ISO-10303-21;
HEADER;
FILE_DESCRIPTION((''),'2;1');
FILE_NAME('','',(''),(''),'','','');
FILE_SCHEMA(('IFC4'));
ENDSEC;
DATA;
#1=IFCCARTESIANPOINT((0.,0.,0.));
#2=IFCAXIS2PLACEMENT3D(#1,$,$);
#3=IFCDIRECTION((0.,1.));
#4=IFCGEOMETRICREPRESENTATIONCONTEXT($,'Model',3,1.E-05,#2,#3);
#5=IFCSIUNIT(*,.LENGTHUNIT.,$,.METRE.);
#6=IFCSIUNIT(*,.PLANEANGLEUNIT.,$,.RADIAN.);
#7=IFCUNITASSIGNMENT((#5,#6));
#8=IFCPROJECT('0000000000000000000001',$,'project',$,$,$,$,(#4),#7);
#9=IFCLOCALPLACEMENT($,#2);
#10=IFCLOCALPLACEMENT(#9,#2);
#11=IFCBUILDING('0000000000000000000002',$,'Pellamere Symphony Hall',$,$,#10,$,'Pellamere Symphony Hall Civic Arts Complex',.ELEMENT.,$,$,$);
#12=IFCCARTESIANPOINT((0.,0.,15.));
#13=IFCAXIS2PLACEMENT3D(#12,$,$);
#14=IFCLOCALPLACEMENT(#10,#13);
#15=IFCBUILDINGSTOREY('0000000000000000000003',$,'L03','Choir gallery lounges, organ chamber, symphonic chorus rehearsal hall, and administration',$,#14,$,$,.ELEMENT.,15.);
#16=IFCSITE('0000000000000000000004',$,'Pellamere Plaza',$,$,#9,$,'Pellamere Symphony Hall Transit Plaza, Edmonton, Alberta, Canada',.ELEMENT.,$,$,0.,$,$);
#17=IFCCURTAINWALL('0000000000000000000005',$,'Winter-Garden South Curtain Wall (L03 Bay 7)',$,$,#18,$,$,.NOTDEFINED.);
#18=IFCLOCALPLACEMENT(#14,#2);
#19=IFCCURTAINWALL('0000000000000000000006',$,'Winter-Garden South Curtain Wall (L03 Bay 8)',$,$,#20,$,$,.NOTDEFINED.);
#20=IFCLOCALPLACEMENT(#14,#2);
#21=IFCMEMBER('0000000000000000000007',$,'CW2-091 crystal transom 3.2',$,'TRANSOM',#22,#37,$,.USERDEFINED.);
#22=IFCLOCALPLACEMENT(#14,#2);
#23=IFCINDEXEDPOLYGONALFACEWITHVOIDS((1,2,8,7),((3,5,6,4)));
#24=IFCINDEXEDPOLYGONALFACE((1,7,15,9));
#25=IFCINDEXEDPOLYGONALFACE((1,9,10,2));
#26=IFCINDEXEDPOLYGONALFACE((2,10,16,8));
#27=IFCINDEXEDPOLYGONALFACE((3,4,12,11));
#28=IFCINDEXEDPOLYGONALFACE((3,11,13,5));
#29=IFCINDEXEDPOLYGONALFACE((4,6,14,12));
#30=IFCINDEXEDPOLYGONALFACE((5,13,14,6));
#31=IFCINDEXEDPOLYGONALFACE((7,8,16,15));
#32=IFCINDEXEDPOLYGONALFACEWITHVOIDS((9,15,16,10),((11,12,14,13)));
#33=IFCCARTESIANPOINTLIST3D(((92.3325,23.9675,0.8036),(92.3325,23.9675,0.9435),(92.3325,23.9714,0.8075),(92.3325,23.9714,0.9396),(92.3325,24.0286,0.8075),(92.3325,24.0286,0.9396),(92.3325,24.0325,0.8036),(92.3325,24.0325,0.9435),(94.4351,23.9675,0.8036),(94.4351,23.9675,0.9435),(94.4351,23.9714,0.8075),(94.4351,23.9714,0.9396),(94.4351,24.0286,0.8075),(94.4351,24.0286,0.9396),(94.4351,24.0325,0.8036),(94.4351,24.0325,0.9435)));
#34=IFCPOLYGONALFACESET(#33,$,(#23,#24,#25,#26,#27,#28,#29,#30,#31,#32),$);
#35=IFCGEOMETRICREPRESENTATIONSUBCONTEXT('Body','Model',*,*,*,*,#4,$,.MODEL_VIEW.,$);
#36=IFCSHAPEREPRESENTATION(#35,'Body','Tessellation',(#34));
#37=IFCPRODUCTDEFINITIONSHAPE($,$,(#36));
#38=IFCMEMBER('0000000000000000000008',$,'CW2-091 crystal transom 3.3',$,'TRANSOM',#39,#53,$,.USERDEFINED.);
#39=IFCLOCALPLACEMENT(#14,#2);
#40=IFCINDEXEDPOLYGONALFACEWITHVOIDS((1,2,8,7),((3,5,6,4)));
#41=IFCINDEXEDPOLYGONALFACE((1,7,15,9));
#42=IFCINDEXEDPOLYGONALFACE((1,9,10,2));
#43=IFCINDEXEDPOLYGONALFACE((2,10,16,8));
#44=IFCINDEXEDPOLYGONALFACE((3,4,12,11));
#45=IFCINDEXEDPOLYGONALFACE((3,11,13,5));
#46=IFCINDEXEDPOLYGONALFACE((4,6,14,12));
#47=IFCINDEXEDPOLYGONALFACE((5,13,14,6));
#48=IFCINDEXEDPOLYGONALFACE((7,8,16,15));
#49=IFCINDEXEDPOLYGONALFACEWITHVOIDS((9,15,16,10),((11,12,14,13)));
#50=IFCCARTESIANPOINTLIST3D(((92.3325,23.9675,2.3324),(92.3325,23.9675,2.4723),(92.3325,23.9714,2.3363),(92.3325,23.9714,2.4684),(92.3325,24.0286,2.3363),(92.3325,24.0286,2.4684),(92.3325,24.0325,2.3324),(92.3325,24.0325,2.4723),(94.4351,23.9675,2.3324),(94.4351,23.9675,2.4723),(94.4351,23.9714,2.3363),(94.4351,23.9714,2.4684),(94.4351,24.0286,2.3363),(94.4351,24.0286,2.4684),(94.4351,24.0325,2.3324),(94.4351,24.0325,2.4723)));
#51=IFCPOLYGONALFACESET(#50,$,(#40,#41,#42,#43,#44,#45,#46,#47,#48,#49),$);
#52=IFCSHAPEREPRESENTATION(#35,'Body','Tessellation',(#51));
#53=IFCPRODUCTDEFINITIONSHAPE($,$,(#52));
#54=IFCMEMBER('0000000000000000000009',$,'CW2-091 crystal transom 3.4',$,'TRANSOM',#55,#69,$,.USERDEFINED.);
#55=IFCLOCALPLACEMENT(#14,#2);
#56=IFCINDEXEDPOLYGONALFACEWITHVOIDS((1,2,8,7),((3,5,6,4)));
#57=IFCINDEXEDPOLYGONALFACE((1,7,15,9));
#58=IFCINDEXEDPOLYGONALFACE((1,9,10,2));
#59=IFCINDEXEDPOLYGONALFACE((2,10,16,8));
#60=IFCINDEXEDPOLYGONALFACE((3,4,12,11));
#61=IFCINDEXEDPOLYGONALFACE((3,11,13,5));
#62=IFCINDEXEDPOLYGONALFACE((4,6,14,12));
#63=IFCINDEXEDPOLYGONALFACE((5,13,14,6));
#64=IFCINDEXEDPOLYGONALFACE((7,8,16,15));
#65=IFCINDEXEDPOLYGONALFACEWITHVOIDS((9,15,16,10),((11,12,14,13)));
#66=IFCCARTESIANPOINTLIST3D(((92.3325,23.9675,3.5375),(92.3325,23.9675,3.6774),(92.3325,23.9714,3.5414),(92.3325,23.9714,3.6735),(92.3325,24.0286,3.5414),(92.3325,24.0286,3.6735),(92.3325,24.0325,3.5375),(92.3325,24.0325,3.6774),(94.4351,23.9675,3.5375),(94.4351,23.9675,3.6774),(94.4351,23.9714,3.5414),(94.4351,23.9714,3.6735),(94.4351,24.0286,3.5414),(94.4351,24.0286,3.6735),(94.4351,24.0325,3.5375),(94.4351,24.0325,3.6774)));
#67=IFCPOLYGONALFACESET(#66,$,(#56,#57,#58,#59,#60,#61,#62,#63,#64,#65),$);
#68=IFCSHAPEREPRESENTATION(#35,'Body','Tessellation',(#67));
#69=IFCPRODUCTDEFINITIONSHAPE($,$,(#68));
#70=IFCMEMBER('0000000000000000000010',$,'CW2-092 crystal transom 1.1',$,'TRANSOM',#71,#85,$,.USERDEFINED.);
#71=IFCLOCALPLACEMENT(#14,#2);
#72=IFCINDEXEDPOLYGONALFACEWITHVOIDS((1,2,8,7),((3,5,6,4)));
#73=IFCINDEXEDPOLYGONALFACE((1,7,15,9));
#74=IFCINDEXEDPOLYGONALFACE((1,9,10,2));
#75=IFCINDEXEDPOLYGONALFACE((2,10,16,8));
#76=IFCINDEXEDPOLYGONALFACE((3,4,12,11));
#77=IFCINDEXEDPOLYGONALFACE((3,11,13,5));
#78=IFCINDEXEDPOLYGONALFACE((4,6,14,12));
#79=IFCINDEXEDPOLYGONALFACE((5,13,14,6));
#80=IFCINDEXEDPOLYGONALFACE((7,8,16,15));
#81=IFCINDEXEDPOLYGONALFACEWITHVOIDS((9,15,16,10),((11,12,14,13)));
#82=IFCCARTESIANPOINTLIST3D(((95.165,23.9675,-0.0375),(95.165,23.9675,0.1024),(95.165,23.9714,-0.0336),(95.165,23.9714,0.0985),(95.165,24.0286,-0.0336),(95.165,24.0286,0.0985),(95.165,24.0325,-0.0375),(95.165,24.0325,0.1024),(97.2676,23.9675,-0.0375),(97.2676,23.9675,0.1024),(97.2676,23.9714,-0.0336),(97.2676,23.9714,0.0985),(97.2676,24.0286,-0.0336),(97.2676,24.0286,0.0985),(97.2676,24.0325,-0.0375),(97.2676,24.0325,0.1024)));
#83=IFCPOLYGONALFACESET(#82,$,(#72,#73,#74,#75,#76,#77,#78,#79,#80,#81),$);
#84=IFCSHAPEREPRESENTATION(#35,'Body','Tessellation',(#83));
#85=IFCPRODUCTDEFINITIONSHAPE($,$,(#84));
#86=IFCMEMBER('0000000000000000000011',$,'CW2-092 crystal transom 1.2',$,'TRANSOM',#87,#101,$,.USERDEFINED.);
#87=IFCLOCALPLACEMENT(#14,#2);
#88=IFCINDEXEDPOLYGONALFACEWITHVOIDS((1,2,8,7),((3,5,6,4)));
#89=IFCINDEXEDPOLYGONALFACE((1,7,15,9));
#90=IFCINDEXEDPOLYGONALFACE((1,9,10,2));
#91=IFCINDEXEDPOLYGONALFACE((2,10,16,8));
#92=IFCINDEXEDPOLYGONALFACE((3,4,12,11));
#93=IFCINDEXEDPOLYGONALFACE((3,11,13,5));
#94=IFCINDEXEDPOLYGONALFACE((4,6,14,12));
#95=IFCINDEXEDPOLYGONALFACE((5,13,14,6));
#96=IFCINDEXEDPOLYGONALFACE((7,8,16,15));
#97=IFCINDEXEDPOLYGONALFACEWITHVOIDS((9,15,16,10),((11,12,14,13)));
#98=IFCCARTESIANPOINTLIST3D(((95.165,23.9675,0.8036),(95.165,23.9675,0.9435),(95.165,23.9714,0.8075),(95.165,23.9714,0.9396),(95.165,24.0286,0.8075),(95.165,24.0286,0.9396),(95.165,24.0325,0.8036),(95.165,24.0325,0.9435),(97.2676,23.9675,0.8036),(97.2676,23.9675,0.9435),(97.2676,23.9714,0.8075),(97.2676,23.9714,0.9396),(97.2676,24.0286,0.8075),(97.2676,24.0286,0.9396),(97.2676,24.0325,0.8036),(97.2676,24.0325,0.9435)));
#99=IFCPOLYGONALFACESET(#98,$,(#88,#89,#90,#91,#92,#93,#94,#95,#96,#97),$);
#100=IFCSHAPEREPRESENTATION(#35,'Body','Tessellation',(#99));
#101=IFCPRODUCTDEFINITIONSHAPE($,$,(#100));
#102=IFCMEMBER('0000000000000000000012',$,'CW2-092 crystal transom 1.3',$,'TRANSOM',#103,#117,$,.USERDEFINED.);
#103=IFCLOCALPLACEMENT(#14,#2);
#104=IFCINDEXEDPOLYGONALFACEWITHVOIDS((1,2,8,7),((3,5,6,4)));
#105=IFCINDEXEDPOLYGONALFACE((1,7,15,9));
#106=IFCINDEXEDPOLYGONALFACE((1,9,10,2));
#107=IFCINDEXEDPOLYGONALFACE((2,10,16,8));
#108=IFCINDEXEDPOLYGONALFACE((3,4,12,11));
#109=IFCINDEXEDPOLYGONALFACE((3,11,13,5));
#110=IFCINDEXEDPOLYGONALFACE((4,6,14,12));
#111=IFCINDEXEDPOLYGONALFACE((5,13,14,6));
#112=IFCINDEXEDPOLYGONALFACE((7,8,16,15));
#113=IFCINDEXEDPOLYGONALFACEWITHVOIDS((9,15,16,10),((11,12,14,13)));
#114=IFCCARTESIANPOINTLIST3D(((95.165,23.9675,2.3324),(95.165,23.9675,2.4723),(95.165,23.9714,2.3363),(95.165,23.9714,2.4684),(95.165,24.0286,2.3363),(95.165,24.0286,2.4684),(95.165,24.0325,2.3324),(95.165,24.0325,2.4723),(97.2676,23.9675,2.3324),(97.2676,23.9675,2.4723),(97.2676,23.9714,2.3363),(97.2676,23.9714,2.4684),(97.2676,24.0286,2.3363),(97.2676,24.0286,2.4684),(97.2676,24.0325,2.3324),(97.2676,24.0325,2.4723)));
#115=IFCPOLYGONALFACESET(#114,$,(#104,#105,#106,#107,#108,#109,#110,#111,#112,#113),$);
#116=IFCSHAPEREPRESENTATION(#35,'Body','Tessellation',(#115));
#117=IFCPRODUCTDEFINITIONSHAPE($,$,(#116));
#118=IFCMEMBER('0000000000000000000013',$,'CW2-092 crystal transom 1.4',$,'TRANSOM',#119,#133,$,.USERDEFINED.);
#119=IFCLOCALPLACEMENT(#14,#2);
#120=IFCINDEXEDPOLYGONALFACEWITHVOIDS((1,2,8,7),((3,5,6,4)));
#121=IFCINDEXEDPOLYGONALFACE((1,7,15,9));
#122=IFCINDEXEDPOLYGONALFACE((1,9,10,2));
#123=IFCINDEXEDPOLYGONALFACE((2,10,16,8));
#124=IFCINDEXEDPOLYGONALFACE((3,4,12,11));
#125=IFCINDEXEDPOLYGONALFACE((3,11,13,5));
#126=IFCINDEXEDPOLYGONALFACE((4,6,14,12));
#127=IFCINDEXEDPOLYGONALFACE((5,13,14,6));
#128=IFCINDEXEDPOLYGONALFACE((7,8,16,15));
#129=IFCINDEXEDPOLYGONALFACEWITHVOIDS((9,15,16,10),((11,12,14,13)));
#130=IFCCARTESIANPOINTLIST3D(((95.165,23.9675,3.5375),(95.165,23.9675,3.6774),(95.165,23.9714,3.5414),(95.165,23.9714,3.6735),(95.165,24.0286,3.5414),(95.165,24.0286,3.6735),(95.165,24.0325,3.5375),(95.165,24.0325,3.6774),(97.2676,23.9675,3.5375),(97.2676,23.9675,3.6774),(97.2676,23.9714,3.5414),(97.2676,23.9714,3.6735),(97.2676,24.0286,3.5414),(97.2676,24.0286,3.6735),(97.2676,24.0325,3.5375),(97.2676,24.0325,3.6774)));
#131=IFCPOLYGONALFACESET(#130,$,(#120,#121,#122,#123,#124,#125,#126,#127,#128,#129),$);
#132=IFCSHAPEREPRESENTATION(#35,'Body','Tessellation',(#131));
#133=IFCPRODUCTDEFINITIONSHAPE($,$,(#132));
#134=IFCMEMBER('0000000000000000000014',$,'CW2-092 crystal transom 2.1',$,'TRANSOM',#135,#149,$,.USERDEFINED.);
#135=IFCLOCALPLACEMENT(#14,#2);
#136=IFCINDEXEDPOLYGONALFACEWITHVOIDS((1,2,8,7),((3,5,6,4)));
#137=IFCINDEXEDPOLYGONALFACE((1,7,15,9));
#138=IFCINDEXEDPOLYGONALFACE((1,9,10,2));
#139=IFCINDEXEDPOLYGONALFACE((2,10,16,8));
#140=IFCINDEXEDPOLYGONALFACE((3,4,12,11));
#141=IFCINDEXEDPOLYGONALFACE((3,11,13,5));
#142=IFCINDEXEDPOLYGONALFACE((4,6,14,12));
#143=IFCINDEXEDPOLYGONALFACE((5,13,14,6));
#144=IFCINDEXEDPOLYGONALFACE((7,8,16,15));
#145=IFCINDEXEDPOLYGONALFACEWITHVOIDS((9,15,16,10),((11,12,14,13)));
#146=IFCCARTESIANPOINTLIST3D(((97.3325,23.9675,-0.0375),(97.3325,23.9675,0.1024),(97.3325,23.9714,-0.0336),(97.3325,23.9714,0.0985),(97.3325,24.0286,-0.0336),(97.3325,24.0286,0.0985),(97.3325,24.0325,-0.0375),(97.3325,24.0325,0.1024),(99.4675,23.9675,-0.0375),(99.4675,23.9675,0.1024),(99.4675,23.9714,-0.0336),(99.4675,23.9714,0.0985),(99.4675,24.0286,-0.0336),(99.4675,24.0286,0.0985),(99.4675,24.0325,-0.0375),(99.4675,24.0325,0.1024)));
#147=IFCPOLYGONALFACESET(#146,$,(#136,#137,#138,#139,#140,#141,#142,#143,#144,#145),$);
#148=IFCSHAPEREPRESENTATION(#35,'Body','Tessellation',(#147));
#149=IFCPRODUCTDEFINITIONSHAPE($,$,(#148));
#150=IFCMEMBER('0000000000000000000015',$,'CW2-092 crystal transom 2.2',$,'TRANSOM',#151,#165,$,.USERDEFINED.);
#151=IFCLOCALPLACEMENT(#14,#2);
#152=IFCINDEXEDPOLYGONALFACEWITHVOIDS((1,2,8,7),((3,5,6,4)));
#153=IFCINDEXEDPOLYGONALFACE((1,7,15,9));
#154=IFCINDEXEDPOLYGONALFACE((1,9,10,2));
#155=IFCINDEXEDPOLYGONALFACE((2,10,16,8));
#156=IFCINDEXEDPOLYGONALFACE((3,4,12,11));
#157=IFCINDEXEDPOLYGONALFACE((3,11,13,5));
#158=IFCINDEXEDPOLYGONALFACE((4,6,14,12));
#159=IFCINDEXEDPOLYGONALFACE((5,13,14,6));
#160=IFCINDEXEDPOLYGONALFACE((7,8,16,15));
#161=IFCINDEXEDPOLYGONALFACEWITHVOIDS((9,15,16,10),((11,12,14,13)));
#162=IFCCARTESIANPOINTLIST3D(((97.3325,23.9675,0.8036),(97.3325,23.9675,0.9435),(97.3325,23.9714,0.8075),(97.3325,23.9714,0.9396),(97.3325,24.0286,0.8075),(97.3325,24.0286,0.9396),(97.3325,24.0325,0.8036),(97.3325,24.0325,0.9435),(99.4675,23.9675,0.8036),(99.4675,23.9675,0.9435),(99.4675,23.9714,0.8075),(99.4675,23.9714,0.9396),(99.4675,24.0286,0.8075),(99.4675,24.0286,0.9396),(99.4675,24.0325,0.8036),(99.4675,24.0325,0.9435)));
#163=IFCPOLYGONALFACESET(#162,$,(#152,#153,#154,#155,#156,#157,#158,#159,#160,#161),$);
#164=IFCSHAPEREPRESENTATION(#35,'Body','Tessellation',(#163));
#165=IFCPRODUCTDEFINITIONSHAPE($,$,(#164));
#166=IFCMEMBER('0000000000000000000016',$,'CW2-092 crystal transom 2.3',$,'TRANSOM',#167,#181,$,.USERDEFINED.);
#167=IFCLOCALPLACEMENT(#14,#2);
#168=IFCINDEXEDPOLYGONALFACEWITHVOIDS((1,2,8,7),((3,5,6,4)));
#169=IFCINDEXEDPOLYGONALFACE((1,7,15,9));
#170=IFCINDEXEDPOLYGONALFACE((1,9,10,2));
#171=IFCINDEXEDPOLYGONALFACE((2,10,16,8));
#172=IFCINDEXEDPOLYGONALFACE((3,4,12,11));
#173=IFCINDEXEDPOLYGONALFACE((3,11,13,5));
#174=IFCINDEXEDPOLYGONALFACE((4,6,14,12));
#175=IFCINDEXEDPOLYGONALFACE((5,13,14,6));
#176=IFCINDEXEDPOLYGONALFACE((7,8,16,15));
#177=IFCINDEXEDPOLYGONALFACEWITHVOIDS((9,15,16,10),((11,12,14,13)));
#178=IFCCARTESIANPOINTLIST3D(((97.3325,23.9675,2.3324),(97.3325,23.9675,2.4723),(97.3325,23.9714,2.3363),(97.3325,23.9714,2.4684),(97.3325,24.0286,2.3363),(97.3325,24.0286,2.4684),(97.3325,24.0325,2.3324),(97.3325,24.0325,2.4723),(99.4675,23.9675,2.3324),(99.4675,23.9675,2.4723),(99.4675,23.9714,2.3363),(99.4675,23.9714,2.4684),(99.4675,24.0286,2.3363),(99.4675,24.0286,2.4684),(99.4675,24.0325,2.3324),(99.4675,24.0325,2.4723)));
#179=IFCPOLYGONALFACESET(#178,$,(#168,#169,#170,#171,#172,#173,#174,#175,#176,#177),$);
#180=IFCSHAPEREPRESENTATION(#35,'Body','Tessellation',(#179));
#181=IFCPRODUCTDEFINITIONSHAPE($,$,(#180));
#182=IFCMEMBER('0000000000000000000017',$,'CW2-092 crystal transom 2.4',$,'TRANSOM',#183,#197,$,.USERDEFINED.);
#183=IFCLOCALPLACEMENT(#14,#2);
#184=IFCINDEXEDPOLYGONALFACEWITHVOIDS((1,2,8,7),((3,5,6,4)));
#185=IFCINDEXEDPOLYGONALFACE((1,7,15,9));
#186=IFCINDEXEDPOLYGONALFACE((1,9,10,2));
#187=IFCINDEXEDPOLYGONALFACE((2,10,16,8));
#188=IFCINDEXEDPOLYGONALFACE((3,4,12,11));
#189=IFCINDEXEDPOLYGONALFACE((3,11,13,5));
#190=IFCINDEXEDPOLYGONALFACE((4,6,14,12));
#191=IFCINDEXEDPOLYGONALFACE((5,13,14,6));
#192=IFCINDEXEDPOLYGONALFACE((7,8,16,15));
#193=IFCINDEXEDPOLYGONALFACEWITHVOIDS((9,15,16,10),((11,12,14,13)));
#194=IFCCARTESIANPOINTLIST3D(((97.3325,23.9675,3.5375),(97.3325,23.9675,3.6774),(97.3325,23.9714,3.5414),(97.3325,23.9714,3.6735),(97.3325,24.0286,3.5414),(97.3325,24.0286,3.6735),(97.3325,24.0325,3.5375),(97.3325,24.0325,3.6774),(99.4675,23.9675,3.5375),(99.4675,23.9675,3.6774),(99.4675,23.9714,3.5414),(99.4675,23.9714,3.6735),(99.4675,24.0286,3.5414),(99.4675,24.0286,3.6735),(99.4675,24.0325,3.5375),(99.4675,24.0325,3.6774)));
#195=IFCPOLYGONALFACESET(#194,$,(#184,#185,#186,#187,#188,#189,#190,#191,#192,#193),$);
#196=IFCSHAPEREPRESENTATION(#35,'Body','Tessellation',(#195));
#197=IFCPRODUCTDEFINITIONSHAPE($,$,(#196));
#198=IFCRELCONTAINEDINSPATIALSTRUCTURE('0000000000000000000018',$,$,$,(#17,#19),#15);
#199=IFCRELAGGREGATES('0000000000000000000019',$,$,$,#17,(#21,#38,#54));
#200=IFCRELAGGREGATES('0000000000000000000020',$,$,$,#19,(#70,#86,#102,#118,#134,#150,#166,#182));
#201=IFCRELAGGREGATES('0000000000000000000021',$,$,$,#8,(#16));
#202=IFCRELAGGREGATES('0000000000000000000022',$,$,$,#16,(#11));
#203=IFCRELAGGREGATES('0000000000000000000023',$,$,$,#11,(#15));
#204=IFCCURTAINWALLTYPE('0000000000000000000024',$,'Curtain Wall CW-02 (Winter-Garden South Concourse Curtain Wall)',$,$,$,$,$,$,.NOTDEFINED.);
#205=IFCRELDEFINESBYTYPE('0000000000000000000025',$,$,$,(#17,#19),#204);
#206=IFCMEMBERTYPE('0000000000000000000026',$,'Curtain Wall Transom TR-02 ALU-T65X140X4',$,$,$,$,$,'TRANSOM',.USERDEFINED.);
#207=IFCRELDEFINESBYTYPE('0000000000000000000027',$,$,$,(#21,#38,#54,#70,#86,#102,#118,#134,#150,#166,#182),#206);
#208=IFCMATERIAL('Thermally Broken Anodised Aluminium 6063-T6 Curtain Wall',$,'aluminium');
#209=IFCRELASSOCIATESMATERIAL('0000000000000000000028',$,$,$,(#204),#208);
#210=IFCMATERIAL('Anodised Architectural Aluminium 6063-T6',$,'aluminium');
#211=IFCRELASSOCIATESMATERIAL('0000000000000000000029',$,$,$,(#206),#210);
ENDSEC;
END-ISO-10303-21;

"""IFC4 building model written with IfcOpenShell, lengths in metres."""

from ifc_helpers import new_model, si_unit, direction, frame, origin, origin_2d, place, context, subcontext, project, spatial, hollow_rectangle, extrude, material, material_profile, profile_set, type_object, element, aggregate, save


model = new_model("IFC4")

# Units and contexts
model_context = context("Model", 3, precision=1e-05, world=origin(), true_north=direction((0.0, 1.0)))
body_context = subcontext(model_context, "Body", "Model", "MODEL_VIEW")
ifc_project = project(units=[si_unit("LENGTHUNIT", "METRE"), si_unit("PLANEANGLEUNIT", "RADIAN")], contexts=[model_context])

# Site, building, storey
site_placement = place(None, origin())
site = spatial("IfcSite", under=ifc_project, at=site_placement, Name="Pellamere Plaza", LongName="Pellamere Symphony Hall Transit Plaza, Edmonton, Alberta, Canada", CompositionType="ELEMENT", RefElevation=0.0)
building_placement = place(site_placement, origin())
building = spatial("IfcBuilding", under=site, at=building_placement, Name="Pellamere Symphony Hall", LongName="Pellamere Symphony Hall Civic Arts Complex", CompositionType="ELEMENT")
storey_placement = place(building_placement, frame((0.0, 0.0, 15.0)))
storey = spatial("IfcBuildingStorey", under=building, at=storey_placement, Name="L03", Description="Choir gallery lounges, organ chamber, symphonic chorus rehearsal hall, and administration", CompositionType="ELEMENT", Elevation=15.0)

# Curtain walls
ifc_material_1 = material(Name="Thermally Broken Anodised Aluminium 6063-T6 Curtain Wall", Category="aluminium")
curtain_wall_type = type_object("IfcCurtainWallType", Name="Curtain Wall CW-02 (Winter-Garden South Concourse Curtain Wall)", PredefinedType="NOTDEFINED", material=ifc_material_1)
curtain_wall_1_placement = place(storey_placement, origin())
curtain_wall_1 = element("IfcCurtainWall", 1, at=curtain_wall_1_placement, inside=storey, type_object=curtain_wall_type, Name="Winter-Garden South Curtain Wall (L03 Bay 7)", PredefinedType="NOTDEFINED")
ifc_material_2 = material(Name="Anodised Architectural Aluminium 6063-T6", Category="aluminium")
curtain_wall_2_placement = place(storey_placement, origin())
curtain_wall_2 = element("IfcCurtainWall", 2, at=curtain_wall_2_placement, inside=storey, type_object=curtain_wall_type, Name="Winter-Garden South Curtain Wall (L03 Bay 8)", PredefinedType="NOTDEFINED")

# Members
ifc_material_profile_1 = material_profile(ifc_material_2, hollow_rectangle(XDim=0.0649, YDim=0.1399, WallThickness=0.0039, at=origin_2d()), Name="ALU-T65X140X4")
ifc_profile_set_1 = profile_set([ifc_material_profile_1], Name="Anodised Architectural Aluminium 6063-T6")
member_type_1 = type_object("IfcMemberType", Name="Curtain Wall Transom TR-02 ALU-T65X140X4", ElementType="TRANSOM", PredefinedType="USERDEFINED", material=ifc_profile_set_1)
member_1_placement = place(storey_placement, frame((92.3325, 24.0, 0.8735), z_axis=(1.0, 0.0, 0.0), x_axis=(0.0, 1.0, 0.0)))
member_1 = element("IfcMember", 3, at=member_1_placement, type_object=member_type_1, Name="CW2-091 crystal transom 3.2", ObjectType="TRANSOM", PredefinedType="USERDEFINED", context=body_context, shape_type="SweptSolid", body=[
    extrude(hollow_rectangle(XDim=0.0649, YDim=0.1399, WallThickness=0.0039, at=origin_2d()), origin(), (0.0, 0.0, 1.0), 2.1025),
])
member_2_placement = place(storey_placement, frame((92.3325, 24.0, 2.4023), z_axis=(1.0, 0.0, 0.0), x_axis=(0.0, 1.0, 0.0)))
member_2 = element("IfcMember", 4, at=member_2_placement, type_object=member_type_1, Name="CW2-091 crystal transom 3.3", ObjectType="TRANSOM", PredefinedType="USERDEFINED", context=body_context, shape_type="SweptSolid", body=[
    extrude(hollow_rectangle(XDim=0.0649, YDim=0.1399, WallThickness=0.0039, at=origin_2d()), origin(), (0.0, 0.0, 1.0), 2.1025),
])
member_3_placement = place(storey_placement, frame((92.3325, 24.0, 3.6074), z_axis=(1.0, 0.0, 0.0), x_axis=(0.0, 1.0, 0.0)))
member_3 = element("IfcMember", 5, at=member_3_placement, type_object=member_type_1, Name="CW2-091 crystal transom 3.4", ObjectType="TRANSOM", PredefinedType="USERDEFINED", context=body_context, shape_type="SweptSolid", body=[
    extrude(hollow_rectangle(XDim=0.0649, YDim=0.1399, WallThickness=0.0039, at=origin_2d()), origin(), (0.0, 0.0, 1.0), 2.1025),
])
member_4_placement = place(storey_placement, frame((95.165, 24.0, 0.0325), z_axis=(1.0, 0.0, 0.0), x_axis=(0.0, 1.0, 0.0)))
member_4 = element("IfcMember", 6, at=member_4_placement, type_object=member_type_1, Name="CW2-092 crystal transom 1.1", ObjectType="TRANSOM", PredefinedType="USERDEFINED", context=body_context, shape_type="SweptSolid", body=[
    extrude(hollow_rectangle(XDim=0.0649, YDim=0.1399, WallThickness=0.0039, at=origin_2d()), origin(), (0.0, 0.0, 1.0), 2.1025),
])
member_5_placement = place(storey_placement, frame((95.165, 24.0, 0.8735), z_axis=(1.0, 0.0, 0.0), x_axis=(0.0, 1.0, 0.0)))
member_5 = element("IfcMember", 7, at=member_5_placement, type_object=member_type_1, Name="CW2-092 crystal transom 1.2", ObjectType="TRANSOM", PredefinedType="USERDEFINED", context=body_context, shape_type="SweptSolid", body=[
    extrude(hollow_rectangle(XDim=0.0649, YDim=0.1399, WallThickness=0.0039, at=origin_2d()), origin(), (0.0, 0.0, 1.0), 2.1025),
])
member_6_placement = place(storey_placement, frame((95.165, 24.0, 2.4023), z_axis=(1.0, 0.0, 0.0), x_axis=(0.0, 1.0, 0.0)))
member_6 = element("IfcMember", 8, at=member_6_placement, type_object=member_type_1, Name="CW2-092 crystal transom 1.3", ObjectType="TRANSOM", PredefinedType="USERDEFINED", context=body_context, shape_type="SweptSolid", body=[
    extrude(hollow_rectangle(XDim=0.0649, YDim=0.1399, WallThickness=0.0039, at=origin_2d()), origin(), (0.0, 0.0, 1.0), 2.1025),
])
member_7_placement = place(storey_placement, frame((95.165, 24.0, 3.6074), z_axis=(1.0, 0.0, 0.0), x_axis=(0.0, 1.0, 0.0)))
member_7 = element("IfcMember", 9, at=member_7_placement, type_object=member_type_1, Name="CW2-092 crystal transom 1.4", ObjectType="TRANSOM", PredefinedType="USERDEFINED", context=body_context, shape_type="SweptSolid", body=[
    extrude(hollow_rectangle(XDim=0.0649, YDim=0.1399, WallThickness=0.0039, at=origin_2d()), origin(), (0.0, 0.0, 1.0), 2.1025),
])
member_8_placement = place(storey_placement, frame((97.3325, 24.0, 0.0325), z_axis=(1.0, 0.0, 0.0), x_axis=(0.0, 1.0, 0.0)))
member_8 = element("IfcMember", 10, at=member_8_placement, type_object=member_type_1, Name="CW2-092 crystal transom 2.1", ObjectType="TRANSOM", PredefinedType="USERDEFINED", context=body_context, shape_type="SweptSolid", body=[
    extrude(hollow_rectangle(XDim=0.0649, YDim=0.1399, WallThickness=0.0039, at=origin_2d()), origin(), (0.0, 0.0, 1.0), 2.135),
])
member_9_placement = place(storey_placement, frame((97.3325, 24.0, 0.8735), z_axis=(1.0, 0.0, 0.0), x_axis=(0.0, 1.0, 0.0)))
member_9 = element("IfcMember", 11, at=member_9_placement, type_object=member_type_1, Name="CW2-092 crystal transom 2.2", ObjectType="TRANSOM", PredefinedType="USERDEFINED", context=body_context, shape_type="SweptSolid", body=[
    extrude(hollow_rectangle(XDim=0.0649, YDim=0.1399, WallThickness=0.0039, at=origin_2d()), origin(), (0.0, 0.0, 1.0), 2.135),
])
member_10_placement = place(storey_placement, frame((97.3325, 24.0, 2.4023), z_axis=(1.0, 0.0, 0.0), x_axis=(0.0, 1.0, 0.0)))
member_10 = element("IfcMember", 12, at=member_10_placement, type_object=member_type_1, Name="CW2-092 crystal transom 2.3", ObjectType="TRANSOM", PredefinedType="USERDEFINED", context=body_context, shape_type="SweptSolid", body=[
    extrude(hollow_rectangle(XDim=0.0649, YDim=0.1399, WallThickness=0.0039, at=origin_2d()), origin(), (0.0, 0.0, 1.0), 2.135),
])
member_11_placement = place(storey_placement, frame((97.3325, 24.0, 3.6074), z_axis=(1.0, 0.0, 0.0), x_axis=(0.0, 1.0, 0.0)))
member_11 = element("IfcMember", 13, at=member_11_placement, type_object=member_type_1, Name="CW2-092 crystal transom 2.4", ObjectType="TRANSOM", PredefinedType="USERDEFINED", context=body_context, shape_type="SweptSolid", body=[
    extrude(hollow_rectangle(XDim=0.0649, YDim=0.1399, WallThickness=0.0039, at=origin_2d()), origin(), (0.0, 0.0, 1.0), 2.135),
])

aggregate(curtain_wall_1, [member_1, member_2, member_3])
aggregate(curtain_wall_2, [member_4, member_5, member_6, member_7, member_8, member_9, member_10, member_11])

save(model, "model.ifc")
